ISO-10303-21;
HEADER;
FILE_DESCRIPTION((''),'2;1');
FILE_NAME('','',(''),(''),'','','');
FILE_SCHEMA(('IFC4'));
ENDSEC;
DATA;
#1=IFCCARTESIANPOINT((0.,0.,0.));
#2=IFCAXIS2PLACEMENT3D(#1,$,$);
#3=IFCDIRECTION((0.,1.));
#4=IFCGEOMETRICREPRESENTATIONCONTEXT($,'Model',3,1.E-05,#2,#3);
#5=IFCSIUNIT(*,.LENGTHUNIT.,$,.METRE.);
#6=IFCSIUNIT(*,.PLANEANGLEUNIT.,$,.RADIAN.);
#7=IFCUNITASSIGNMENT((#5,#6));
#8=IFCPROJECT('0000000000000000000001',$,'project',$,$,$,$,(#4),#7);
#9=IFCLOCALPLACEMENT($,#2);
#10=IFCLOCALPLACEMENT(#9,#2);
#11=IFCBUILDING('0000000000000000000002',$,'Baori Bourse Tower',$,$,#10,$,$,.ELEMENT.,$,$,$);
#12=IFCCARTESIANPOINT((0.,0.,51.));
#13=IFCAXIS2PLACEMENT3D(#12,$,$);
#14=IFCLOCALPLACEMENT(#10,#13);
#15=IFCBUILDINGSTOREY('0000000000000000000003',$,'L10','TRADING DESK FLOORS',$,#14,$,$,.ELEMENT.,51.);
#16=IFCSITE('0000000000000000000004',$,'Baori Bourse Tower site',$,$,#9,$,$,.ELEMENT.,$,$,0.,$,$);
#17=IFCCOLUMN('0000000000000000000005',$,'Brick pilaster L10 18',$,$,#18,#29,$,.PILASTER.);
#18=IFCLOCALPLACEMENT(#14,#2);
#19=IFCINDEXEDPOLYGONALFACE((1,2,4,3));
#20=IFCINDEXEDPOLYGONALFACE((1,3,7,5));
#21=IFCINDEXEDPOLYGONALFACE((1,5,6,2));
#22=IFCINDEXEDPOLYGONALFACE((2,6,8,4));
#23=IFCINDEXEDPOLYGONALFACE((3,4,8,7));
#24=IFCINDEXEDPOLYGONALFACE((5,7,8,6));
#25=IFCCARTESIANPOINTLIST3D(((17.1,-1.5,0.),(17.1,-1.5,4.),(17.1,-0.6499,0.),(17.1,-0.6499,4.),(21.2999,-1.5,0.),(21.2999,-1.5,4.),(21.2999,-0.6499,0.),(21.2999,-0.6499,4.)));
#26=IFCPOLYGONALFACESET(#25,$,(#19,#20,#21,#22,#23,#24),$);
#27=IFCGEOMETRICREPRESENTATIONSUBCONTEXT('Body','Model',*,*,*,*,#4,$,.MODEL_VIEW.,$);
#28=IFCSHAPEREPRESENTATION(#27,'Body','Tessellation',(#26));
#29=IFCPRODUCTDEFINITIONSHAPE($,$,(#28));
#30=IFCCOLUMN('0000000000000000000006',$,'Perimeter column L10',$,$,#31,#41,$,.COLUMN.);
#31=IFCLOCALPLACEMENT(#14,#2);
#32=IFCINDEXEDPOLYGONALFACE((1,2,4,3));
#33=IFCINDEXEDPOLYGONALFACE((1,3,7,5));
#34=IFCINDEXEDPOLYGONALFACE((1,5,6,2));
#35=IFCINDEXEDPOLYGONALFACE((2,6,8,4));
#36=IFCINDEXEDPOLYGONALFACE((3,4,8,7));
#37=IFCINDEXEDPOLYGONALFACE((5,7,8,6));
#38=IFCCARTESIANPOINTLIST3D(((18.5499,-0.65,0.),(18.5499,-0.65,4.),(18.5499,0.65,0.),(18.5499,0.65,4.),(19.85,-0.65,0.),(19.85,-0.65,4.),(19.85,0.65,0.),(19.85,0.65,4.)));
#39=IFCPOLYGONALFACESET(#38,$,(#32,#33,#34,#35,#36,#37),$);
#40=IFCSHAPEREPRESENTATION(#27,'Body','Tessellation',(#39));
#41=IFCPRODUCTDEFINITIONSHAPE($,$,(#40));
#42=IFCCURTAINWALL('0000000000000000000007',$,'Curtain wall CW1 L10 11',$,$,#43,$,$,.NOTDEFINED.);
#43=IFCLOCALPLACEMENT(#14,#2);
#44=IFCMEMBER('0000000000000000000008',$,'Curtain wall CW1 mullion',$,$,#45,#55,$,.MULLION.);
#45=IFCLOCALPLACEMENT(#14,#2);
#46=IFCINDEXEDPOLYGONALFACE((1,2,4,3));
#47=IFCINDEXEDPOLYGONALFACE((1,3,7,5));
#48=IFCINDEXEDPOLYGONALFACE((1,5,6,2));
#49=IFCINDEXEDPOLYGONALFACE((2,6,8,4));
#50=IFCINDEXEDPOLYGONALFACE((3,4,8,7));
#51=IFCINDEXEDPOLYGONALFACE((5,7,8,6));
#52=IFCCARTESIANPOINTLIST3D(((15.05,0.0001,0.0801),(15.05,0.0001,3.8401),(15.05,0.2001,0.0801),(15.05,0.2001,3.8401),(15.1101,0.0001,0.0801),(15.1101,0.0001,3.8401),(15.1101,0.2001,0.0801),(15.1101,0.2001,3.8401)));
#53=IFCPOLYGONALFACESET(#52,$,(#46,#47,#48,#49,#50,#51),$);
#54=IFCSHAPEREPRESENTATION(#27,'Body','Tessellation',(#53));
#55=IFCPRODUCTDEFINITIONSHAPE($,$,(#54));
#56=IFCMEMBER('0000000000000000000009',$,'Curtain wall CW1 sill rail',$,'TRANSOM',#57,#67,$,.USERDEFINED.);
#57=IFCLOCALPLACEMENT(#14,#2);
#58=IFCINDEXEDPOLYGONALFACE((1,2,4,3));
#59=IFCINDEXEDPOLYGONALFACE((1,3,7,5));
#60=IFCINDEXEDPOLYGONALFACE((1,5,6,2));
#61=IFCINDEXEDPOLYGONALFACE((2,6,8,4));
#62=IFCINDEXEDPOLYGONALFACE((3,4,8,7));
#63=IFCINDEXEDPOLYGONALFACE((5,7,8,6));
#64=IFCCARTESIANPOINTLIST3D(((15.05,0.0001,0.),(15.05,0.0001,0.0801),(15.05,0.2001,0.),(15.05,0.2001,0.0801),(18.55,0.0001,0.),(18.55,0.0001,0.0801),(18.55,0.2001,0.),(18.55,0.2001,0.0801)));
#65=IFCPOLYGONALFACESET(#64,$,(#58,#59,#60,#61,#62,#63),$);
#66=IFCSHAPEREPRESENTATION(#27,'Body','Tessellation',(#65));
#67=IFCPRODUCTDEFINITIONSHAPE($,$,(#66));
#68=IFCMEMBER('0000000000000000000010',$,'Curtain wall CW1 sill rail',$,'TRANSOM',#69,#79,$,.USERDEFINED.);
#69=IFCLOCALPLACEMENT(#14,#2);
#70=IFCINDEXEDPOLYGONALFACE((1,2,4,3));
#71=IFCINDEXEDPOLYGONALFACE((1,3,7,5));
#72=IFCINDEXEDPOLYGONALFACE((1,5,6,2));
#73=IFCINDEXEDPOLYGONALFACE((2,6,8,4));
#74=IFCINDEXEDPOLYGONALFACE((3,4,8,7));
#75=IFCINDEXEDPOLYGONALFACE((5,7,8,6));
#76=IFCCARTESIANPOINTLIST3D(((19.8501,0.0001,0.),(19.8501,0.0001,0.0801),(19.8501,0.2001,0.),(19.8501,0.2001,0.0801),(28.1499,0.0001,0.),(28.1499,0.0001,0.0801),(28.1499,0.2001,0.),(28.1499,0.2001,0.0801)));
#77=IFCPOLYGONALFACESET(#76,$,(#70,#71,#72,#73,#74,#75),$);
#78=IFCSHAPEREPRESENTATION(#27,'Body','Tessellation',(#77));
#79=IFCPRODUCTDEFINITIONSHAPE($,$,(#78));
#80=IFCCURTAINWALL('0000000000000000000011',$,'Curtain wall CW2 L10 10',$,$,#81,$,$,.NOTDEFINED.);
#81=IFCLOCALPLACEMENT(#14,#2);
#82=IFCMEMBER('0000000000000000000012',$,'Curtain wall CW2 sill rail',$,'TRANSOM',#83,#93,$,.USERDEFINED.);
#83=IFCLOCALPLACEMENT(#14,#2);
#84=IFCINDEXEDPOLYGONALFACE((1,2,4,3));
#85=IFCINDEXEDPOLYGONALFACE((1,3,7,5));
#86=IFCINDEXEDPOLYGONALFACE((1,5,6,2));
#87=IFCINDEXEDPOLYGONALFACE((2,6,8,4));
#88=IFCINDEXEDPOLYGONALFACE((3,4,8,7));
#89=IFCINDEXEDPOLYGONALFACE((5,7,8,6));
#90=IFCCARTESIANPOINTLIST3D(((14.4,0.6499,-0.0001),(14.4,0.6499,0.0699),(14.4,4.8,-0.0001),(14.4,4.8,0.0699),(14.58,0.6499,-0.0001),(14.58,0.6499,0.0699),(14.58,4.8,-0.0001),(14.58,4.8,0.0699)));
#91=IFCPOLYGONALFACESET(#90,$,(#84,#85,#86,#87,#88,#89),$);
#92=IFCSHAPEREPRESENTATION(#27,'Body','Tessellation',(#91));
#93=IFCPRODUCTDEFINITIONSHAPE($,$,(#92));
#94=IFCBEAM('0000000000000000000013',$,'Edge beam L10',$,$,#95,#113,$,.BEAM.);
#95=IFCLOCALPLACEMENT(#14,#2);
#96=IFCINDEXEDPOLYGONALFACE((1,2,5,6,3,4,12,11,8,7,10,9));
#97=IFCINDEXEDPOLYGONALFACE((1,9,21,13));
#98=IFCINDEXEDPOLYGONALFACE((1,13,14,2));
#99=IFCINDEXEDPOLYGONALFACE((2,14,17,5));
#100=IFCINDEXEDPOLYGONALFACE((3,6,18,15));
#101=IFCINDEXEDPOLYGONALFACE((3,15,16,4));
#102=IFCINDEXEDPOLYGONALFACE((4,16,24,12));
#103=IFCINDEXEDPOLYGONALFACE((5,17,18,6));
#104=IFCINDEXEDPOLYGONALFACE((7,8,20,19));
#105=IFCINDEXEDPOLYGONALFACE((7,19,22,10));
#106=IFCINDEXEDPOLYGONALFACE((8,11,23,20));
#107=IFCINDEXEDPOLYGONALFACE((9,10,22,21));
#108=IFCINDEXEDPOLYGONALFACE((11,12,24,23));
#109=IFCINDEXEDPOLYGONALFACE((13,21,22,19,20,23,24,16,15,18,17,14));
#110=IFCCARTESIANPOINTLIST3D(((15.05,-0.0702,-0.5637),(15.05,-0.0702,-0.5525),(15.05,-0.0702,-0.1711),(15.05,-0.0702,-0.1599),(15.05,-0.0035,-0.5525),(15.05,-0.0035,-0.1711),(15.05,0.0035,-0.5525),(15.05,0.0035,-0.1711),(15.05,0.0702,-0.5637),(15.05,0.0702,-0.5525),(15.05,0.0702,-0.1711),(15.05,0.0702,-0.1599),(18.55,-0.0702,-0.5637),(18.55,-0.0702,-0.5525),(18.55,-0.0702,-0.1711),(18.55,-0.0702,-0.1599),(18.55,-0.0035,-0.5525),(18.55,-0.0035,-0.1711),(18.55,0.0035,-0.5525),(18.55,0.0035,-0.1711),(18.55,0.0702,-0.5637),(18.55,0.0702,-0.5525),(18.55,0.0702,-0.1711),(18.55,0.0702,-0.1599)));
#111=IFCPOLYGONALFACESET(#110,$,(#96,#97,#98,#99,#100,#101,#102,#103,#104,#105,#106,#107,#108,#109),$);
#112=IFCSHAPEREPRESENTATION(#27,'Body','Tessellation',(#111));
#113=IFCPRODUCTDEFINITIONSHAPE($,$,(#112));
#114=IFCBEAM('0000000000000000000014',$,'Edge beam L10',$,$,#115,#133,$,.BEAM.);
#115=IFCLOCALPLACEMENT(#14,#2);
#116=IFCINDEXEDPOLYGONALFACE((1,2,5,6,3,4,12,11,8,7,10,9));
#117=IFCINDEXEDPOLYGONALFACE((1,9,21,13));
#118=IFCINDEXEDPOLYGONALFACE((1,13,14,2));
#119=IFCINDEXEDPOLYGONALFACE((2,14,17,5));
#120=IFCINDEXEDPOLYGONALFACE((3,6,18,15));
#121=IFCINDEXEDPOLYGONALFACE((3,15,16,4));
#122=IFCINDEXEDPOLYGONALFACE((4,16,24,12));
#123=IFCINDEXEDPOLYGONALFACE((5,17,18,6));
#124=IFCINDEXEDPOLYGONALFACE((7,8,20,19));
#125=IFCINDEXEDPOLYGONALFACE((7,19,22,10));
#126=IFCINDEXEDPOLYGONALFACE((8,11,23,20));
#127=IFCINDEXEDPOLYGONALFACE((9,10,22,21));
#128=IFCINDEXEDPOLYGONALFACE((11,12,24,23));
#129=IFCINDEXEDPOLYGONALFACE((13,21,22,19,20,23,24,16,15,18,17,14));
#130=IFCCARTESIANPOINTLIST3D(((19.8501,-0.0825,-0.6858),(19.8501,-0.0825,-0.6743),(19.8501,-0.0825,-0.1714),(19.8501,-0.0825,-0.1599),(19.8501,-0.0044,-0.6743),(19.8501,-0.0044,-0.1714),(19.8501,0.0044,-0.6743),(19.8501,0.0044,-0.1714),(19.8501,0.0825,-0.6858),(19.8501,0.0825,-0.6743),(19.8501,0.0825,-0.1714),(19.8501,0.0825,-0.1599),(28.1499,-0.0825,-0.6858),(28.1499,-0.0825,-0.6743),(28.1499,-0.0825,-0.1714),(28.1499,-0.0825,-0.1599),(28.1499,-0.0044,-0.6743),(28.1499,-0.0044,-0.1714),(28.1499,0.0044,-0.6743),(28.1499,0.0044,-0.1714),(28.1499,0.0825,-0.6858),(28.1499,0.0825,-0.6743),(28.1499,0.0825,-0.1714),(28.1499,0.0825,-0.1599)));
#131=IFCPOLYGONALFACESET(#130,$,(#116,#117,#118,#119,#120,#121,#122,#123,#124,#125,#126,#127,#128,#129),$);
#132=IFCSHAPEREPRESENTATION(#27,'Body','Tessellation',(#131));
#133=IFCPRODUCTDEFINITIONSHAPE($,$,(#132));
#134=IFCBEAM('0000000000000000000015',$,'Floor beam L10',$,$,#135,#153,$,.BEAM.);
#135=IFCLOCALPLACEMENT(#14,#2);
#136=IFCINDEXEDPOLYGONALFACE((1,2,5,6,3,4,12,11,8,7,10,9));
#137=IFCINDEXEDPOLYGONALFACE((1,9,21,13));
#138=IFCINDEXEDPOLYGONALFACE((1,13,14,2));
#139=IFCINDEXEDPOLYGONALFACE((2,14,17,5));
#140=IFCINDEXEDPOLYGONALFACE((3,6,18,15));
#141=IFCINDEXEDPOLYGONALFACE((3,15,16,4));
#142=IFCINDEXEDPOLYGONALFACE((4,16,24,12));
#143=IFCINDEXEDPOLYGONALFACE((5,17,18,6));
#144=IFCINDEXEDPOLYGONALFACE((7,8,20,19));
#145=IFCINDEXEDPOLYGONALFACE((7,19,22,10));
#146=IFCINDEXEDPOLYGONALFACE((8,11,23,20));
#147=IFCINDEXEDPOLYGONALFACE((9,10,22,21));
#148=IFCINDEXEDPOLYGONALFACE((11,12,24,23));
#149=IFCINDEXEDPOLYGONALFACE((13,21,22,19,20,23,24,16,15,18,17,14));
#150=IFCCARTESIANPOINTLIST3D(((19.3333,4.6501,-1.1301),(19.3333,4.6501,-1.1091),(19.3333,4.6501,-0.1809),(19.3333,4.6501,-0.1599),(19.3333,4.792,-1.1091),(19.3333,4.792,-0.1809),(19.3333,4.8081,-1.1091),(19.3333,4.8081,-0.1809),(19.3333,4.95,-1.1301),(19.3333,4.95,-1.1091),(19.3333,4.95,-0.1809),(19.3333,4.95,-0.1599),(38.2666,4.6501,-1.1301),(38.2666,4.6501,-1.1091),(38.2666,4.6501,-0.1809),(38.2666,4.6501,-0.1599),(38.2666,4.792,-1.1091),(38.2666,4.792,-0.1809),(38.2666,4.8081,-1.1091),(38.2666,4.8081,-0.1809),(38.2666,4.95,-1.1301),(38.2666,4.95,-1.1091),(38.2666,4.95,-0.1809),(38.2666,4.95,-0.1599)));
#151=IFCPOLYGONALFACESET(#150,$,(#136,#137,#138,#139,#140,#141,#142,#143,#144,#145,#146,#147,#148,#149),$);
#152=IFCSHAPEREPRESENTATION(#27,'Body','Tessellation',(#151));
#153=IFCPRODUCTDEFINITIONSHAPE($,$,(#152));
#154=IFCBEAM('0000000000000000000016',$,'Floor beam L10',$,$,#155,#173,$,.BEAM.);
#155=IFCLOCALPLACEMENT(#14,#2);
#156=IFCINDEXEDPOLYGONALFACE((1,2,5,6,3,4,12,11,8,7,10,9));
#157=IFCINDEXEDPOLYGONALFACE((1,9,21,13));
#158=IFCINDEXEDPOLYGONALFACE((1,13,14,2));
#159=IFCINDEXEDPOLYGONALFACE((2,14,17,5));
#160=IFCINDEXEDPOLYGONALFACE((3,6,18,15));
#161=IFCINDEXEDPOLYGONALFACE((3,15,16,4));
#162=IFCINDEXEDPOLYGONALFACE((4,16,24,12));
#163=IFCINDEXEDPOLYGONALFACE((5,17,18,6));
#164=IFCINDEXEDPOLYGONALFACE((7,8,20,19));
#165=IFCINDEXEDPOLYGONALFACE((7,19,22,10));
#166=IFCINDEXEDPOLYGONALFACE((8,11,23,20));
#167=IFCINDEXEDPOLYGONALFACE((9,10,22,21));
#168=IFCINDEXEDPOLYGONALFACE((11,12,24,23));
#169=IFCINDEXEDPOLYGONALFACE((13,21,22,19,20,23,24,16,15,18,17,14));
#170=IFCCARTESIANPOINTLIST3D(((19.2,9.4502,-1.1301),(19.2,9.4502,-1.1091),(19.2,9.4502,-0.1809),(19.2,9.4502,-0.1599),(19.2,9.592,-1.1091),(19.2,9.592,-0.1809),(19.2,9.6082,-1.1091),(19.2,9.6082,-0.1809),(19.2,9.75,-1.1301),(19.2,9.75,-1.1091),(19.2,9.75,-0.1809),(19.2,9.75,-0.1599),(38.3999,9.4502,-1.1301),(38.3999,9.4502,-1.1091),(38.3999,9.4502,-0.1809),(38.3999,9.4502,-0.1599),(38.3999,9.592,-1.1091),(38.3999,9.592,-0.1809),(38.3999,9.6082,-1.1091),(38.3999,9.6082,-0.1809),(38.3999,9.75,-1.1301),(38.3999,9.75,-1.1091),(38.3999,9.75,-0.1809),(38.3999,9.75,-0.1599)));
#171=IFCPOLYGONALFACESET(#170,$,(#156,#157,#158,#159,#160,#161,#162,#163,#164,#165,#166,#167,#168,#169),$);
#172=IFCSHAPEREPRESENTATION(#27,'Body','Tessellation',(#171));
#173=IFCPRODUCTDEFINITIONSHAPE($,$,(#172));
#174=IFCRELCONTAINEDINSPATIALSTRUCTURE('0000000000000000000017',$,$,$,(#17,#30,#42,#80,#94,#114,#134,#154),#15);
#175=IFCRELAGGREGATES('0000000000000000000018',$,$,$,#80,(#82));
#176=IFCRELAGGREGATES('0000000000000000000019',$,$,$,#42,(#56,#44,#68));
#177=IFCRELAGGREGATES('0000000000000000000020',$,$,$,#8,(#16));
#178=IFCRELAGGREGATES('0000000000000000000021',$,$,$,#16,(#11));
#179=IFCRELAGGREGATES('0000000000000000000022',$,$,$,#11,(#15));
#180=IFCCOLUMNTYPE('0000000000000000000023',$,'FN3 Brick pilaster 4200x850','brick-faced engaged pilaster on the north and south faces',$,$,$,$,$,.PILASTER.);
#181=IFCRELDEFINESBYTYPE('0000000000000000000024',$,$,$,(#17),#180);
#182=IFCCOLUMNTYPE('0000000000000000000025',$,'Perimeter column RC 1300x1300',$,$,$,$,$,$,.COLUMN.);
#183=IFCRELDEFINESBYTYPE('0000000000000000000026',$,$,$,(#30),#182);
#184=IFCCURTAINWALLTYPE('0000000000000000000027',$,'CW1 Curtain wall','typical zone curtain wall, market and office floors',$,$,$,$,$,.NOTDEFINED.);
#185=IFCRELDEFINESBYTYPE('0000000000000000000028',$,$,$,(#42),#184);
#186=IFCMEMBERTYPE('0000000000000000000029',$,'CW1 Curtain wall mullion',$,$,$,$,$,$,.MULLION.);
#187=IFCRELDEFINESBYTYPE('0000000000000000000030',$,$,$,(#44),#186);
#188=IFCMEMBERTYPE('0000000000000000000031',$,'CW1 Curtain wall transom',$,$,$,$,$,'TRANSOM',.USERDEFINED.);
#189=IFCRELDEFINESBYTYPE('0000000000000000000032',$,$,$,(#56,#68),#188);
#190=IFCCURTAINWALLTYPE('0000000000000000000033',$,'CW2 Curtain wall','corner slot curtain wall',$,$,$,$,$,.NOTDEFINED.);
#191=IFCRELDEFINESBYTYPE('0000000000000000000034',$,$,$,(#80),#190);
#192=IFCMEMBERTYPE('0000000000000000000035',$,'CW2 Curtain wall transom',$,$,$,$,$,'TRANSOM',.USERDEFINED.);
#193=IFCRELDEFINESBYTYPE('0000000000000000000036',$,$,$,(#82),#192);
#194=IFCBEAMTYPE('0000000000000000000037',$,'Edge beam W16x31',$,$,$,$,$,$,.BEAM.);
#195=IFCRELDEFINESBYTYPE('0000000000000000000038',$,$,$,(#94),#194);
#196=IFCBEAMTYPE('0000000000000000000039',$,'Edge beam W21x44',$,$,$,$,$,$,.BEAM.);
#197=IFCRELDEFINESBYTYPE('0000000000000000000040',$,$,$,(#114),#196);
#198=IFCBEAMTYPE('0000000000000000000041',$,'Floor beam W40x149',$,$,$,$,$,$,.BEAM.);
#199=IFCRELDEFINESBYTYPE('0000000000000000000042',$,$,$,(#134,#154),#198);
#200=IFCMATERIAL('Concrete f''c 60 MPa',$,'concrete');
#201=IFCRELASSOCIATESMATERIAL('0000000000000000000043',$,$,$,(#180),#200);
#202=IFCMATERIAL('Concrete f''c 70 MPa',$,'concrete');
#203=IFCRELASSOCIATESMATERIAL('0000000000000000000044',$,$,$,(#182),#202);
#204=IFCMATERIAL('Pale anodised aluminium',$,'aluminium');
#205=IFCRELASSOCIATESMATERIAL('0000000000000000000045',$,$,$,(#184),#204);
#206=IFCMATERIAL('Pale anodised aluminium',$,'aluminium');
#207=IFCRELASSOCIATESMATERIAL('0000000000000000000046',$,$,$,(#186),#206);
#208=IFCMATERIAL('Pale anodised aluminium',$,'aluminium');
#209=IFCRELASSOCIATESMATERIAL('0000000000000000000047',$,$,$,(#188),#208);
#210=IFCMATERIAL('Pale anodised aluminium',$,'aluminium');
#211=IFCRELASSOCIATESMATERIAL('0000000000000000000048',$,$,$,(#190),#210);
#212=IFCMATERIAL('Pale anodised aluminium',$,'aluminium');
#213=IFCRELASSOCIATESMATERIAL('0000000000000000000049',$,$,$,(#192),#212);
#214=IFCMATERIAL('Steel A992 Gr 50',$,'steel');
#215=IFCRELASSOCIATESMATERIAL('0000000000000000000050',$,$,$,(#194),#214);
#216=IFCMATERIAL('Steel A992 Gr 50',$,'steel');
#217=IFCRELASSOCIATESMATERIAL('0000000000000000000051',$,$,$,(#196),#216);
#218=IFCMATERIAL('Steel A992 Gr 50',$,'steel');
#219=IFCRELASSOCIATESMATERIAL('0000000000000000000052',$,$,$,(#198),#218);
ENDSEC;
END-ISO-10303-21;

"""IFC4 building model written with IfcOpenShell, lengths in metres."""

from ifc_helpers import new_model, si_unit, direction, frame, origin, origin_2d, place, context, subcontext, project, spatial, rectangle, i_section, extrude, material, material_profile, profile_set, type_object, element, aggregate, save


model = new_model("IFC4")

# Units and contexts
model_context = context("Model", 3, precision=1e-05, world=origin(), true_north=direction((0.0, 1.0)))
body_context = subcontext(model_context, "Body", "Model", "MODEL_VIEW")
ifc_project = project(units=[si_unit("LENGTHUNIT", "METRE"), si_unit("PLANEANGLEUNIT", "RADIAN")], contexts=[model_context])

# Site, building, storey
site_placement = place(None, origin())
site = spatial("IfcSite", under=ifc_project, at=site_placement, Name="Baori Bourse Tower site", CompositionType="ELEMENT", RefElevation=0.0)
building_placement = place(site_placement, origin())
building = spatial("IfcBuilding", under=site, at=building_placement, Name="Baori Bourse Tower", CompositionType="ELEMENT")
storey_placement = place(building_placement, frame((0.0, 0.0, 51.0)))
storey = spatial("IfcBuildingStorey", under=building, at=storey_placement, Name="L10", Description="TRADING DESK FLOORS", CompositionType="ELEMENT", Elevation=51.0)

# Columns
ifc_material_1 = material(Name="Concrete f'c 60 MPa", Category="concrete")
ifc_material_profile_1 = material_profile(ifc_material_1, rectangle(XDim=4.2, YDim=0.8501, at=origin_2d()), Name="RC 4200x850")
ifc_profile_set_1 = profile_set([ifc_material_profile_1], Name="Concrete f'c 60 MPa")
column_type_1 = type_object("IfcColumnType", Name="FN3 Brick pilaster 4200x850", Description="brick-faced engaged pilaster on the north and south faces", PredefinedType="PILASTER", material=ifc_profile_set_1)
column_1_placement = place(storey_placement, frame((19.2, -1.075, 0.0), z_axis=(0.0, 0.0, 1.0), x_axis=(1.0, 0.0, 0.0)))
element("IfcColumn", 1, at=column_1_placement, inside=storey, type_object=column_type_1, Name="Brick pilaster L10 18", PredefinedType="PILASTER", context=body_context, shape_type="SweptSolid", body=[
    extrude(rectangle(XDim=4.2, YDim=0.8501, at=origin_2d()), origin(), (0.0, 0.0, 1.0), 4.0),
])
ifc_material_2 = material(Name="Concrete f'c 70 MPa", Category="concrete")
ifc_material_profile_2 = material_profile(ifc_material_2, rectangle(XDim=1.3, YDim=1.3, at=origin_2d()), Name="RC 1300x1300")
ifc_profile_set_2 = profile_set([ifc_material_profile_2], Name="Concrete f'c 70 MPa")
column_type_2 = type_object("IfcColumnType", Name="Perimeter column RC 1300x1300", PredefinedType="COLUMN", material=ifc_profile_set_2)
column_2_placement = place(storey_placement, frame((19.2, 0.0, 0.0), z_axis=(0.0, 0.0, 1.0), x_axis=(1.0, 0.0, 0.0)))
element("IfcColumn", 2, at=column_2_placement, inside=storey, type_object=column_type_2, Name="Perimeter column L10", PredefinedType="COLUMN", context=body_context, shape_type="SweptSolid", body=[
    extrude(rectangle(XDim=1.3, YDim=1.3, at=origin_2d()), origin(), (0.0, 0.0, 1.0), 4.0),
])

# Curtain wall, members
ifc_material_3 = material(Name="Pale anodised aluminium", Category="aluminium")
curtain_wall_type_1 = type_object("IfcCurtainWallType", Name="CW1 Curtain wall", Description="typical zone curtain wall, market and office floors", PredefinedType="NOTDEFINED", material=ifc_material_3)
curtain_wall_1_placement = place(storey_placement, origin())
curtain_wall_1 = element("IfcCurtainWall", 3, at=curtain_wall_1_placement, inside=storey, type_object=curtain_wall_type_1, Name="Curtain wall CW1 L10 11", PredefinedType="NOTDEFINED")
ifc_material_4 = material(Name="Pale anodised aluminium", Category="aluminium")
ifc_material_profile_3 = material_profile(ifc_material_4, rectangle(XDim=0.2, YDim=0.0601, at=origin_2d()), Name="Mullion 60x200")
ifc_profile_set_3 = profile_set([ifc_material_profile_3], Name="Pale anodised aluminium")
member_type_1 = type_object("IfcMemberType", Name="CW1 Curtain wall mullion", PredefinedType="MULLION", material=ifc_profile_set_3)
member_1_placement = place(storey_placement, frame((15.0801, 0.1001, 0.0801), z_axis=(0.0, 0.0, 1.0), x_axis=(0.0, 1.0, 0.0)))
member_1 = element("IfcMember", 4, at=member_1_placement, type_object=member_type_1, Name="Curtain wall CW1 mullion", PredefinedType="MULLION", context=body_context, shape_type="SweptSolid", body=[
    extrude(rectangle(XDim=0.2, YDim=0.0601, at=origin_2d()), origin(), (0.0, 0.0, 1.0), 3.76),
])
ifc_material_5 = material(Name="Pale anodised aluminium", Category="aluminium")
ifc_material_profile_4 = material_profile(ifc_material_5, rectangle(XDim=0.2, YDim=0.0801, at=origin_2d()), Name="Transom 80x200")
ifc_profile_set_4 = profile_set([ifc_material_profile_4], Name="Pale anodised aluminium")
member_type_2 = type_object("IfcMemberType", Name="CW1 Curtain wall transom", ElementType="TRANSOM", PredefinedType="USERDEFINED", material=ifc_profile_set_4)
member_2_placement = place(storey_placement, frame((15.05, 0.1001, 0.04), z_axis=(1.0, 0.0, 0.0), x_axis=(0.0, 1.0, 0.0)))
member_2 = element("IfcMember", 5, at=member_2_placement, type_object=member_type_2, Name="Curtain wall CW1 sill rail", ObjectType="TRANSOM", PredefinedType="USERDEFINED", context=body_context, shape_type="SweptSolid", body=[
    extrude(rectangle(XDim=0.2, YDim=0.0801, at=origin_2d()), origin(), (0.0, 0.0, 1.0), 3.5),
])
member_3_placement = place(storey_placement, frame((19.8501, 0.1001, 0.04), z_axis=(1.0, 0.0, 0.0), x_axis=(0.0, 1.0, 0.0)))
member_3 = element("IfcMember", 6, at=member_3_placement, type_object=member_type_2, Name="Curtain wall CW1 sill rail", ObjectType="TRANSOM", PredefinedType="USERDEFINED", context=body_context, shape_type="SweptSolid", body=[
    extrude(rectangle(XDim=0.2, YDim=0.0801, at=origin_2d()), origin(), (0.0, 0.0, 1.0), 8.2998),
])

# Curtain wall, member
ifc_material_6 = material(Name="Pale anodised aluminium", Category="aluminium")
curtain_wall_type_2 = type_object("IfcCurtainWallType", Name="CW2 Curtain wall", Description="corner slot curtain wall", PredefinedType="NOTDEFINED", material=ifc_material_6)
curtain_wall_2_placement = place(storey_placement, origin())
curtain_wall_2 = element("IfcCurtainWall", 7, at=curtain_wall_2_placement, inside=storey, type_object=curtain_wall_type_2, Name="Curtain wall CW2 L10 10", PredefinedType="NOTDEFINED")
ifc_material_7 = material(Name="Pale anodised aluminium", Category="aluminium")
ifc_material_profile_5 = material_profile(ifc_material_7, rectangle(XDim=0.1799, YDim=0.0701, at=origin_2d()), Name="Transom 70x180")
ifc_profile_set_5 = profile_set([ifc_material_profile_5], Name="Pale anodised aluminium")
member_type_3 = type_object("IfcMemberType", Name="CW2 Curtain wall transom", ElementType="TRANSOM", PredefinedType="USERDEFINED", material=ifc_profile_set_5)
member_4_placement = place(storey_placement, frame((14.49, 4.8, 0.0349), z_axis=(0.0, -1.0, 0.0), x_axis=(1.0, 0.0, 0.0)))
member_4 = element("IfcMember", 8, at=member_4_placement, type_object=member_type_3, Name="Curtain wall CW2 sill rail", ObjectType="TRANSOM", PredefinedType="USERDEFINED", context=body_context, shape_type="SweptSolid", body=[
    extrude(rectangle(XDim=0.1799, YDim=0.0701, at=origin_2d()), origin(), (0.0, 0.0, 1.0), 4.1501),
])
aggregate(curtain_wall_2, [member_4])

# Beams
ifc_material_8 = material(Name="Steel A992 Gr 50", Category="steel")
ifc_material_profile_6 = material_profile(ifc_material_8, i_section(OverallWidth=0.1404, OverallDepth=0.4038, WebThickness=0.0071, FlangeThickness=0.0112, at=origin_2d()), Name="W16x31")
ifc_profile_set_6 = profile_set([ifc_material_profile_6], Name="Steel A992 Gr 50")
beam_type_1 = type_object("IfcBeamType", Name="Edge beam W16x31", PredefinedType="BEAM", material=ifc_profile_set_6)
beam_1_placement = place(storey_placement, frame((15.05, 0.0, -0.3618), z_axis=(1.0, 0.0, 0.0), x_axis=(0.0, 1.0, 0.0)))
element("IfcBeam", 9, at=beam_1_placement, inside=storey, type_object=beam_type_1, Name="Edge beam L10", PredefinedType="BEAM", context=body_context, shape_type="SweptSolid", body=[
    extrude(i_section(OverallWidth=0.1404, OverallDepth=0.4038, WebThickness=0.0071, FlangeThickness=0.0112, at=origin_2d()), origin(), (0.0, 0.0, 1.0), 3.5),
])
ifc_material_9 = material(Name="Steel A992 Gr 50", Category="steel")
ifc_material_profile_7 = material_profile(ifc_material_9, i_section(OverallWidth=0.165, OverallDepth=0.5259, WebThickness=0.0088, FlangeThickness=0.0115, at=origin_2d()), Name="W21x44")
ifc_profile_set_7 = profile_set([ifc_material_profile_7], Name="Steel A992 Gr 50")
beam_type_2 = type_object("IfcBeamType", Name="Edge beam W21x44", PredefinedType="BEAM", material=ifc_profile_set_7)
beam_2_placement = place(storey_placement, frame((19.8501, 0.0, -0.4229), z_axis=(1.0, 0.0, 0.0), x_axis=(0.0, 1.0, 0.0)))
element("IfcBeam", 10, at=beam_2_placement, inside=storey, type_object=beam_type_2, Name="Edge beam L10", PredefinedType="BEAM", context=body_context, shape_type="SweptSolid", body=[
    extrude(i_section(OverallWidth=0.165, OverallDepth=0.5259, WebThickness=0.0088, FlangeThickness=0.0115, at=origin_2d()), origin(), (0.0, 0.0, 1.0), 8.2998),
])
ifc_material_10 = material(Name="Steel A992 Gr 50", Category="steel")
ifc_material_profile_8 = material_profile(ifc_material_10, i_section(OverallWidth=0.2998, OverallDepth=0.9702, WebThickness=0.0161, FlangeThickness=0.021, at=origin_2d()), Name="W40x149")
ifc_profile_set_8 = profile_set([ifc_material_profile_8], Name="Steel A992 Gr 50")
beam_type_3 = type_object("IfcBeamType", Name="Floor beam W40x149", PredefinedType="BEAM", material=ifc_profile_set_8)
beam_3_placement = place(storey_placement, frame((19.3333, 4.8, -0.645), z_axis=(1.0, 0.0, 0.0), x_axis=(0.0, 1.0, 0.0)))
element("IfcBeam", 11, at=beam_3_placement, inside=storey, type_object=beam_type_3, Name="Floor beam L10", PredefinedType="BEAM", context=body_context, shape_type="SweptSolid", body=[
    extrude(i_section(OverallWidth=0.2998, OverallDepth=0.9702, WebThickness=0.0161, FlangeThickness=0.021, at=origin_2d()), origin(), (0.0, 0.0, 1.0), 18.9333),
])
beam_4_placement = place(storey_placement, frame((19.2, 9.6001, -0.645), z_axis=(1.0, 0.0, 0.0), x_axis=(0.0, 1.0, 0.0)))
element("IfcBeam", 12, at=beam_4_placement, inside=storey, type_object=beam_type_3, Name="Floor beam L10", PredefinedType="BEAM", context=body_context, shape_type="SweptSolid", body=[
    extrude(i_section(OverallWidth=0.2998, OverallDepth=0.9702, WebThickness=0.0161, FlangeThickness=0.021, at=origin_2d()), origin(), (0.0, 0.0, 1.0), 19.2),
])

aggregate(curtain_wall_1, [member_2, member_1, member_3])

save(model, "model.ifc")
